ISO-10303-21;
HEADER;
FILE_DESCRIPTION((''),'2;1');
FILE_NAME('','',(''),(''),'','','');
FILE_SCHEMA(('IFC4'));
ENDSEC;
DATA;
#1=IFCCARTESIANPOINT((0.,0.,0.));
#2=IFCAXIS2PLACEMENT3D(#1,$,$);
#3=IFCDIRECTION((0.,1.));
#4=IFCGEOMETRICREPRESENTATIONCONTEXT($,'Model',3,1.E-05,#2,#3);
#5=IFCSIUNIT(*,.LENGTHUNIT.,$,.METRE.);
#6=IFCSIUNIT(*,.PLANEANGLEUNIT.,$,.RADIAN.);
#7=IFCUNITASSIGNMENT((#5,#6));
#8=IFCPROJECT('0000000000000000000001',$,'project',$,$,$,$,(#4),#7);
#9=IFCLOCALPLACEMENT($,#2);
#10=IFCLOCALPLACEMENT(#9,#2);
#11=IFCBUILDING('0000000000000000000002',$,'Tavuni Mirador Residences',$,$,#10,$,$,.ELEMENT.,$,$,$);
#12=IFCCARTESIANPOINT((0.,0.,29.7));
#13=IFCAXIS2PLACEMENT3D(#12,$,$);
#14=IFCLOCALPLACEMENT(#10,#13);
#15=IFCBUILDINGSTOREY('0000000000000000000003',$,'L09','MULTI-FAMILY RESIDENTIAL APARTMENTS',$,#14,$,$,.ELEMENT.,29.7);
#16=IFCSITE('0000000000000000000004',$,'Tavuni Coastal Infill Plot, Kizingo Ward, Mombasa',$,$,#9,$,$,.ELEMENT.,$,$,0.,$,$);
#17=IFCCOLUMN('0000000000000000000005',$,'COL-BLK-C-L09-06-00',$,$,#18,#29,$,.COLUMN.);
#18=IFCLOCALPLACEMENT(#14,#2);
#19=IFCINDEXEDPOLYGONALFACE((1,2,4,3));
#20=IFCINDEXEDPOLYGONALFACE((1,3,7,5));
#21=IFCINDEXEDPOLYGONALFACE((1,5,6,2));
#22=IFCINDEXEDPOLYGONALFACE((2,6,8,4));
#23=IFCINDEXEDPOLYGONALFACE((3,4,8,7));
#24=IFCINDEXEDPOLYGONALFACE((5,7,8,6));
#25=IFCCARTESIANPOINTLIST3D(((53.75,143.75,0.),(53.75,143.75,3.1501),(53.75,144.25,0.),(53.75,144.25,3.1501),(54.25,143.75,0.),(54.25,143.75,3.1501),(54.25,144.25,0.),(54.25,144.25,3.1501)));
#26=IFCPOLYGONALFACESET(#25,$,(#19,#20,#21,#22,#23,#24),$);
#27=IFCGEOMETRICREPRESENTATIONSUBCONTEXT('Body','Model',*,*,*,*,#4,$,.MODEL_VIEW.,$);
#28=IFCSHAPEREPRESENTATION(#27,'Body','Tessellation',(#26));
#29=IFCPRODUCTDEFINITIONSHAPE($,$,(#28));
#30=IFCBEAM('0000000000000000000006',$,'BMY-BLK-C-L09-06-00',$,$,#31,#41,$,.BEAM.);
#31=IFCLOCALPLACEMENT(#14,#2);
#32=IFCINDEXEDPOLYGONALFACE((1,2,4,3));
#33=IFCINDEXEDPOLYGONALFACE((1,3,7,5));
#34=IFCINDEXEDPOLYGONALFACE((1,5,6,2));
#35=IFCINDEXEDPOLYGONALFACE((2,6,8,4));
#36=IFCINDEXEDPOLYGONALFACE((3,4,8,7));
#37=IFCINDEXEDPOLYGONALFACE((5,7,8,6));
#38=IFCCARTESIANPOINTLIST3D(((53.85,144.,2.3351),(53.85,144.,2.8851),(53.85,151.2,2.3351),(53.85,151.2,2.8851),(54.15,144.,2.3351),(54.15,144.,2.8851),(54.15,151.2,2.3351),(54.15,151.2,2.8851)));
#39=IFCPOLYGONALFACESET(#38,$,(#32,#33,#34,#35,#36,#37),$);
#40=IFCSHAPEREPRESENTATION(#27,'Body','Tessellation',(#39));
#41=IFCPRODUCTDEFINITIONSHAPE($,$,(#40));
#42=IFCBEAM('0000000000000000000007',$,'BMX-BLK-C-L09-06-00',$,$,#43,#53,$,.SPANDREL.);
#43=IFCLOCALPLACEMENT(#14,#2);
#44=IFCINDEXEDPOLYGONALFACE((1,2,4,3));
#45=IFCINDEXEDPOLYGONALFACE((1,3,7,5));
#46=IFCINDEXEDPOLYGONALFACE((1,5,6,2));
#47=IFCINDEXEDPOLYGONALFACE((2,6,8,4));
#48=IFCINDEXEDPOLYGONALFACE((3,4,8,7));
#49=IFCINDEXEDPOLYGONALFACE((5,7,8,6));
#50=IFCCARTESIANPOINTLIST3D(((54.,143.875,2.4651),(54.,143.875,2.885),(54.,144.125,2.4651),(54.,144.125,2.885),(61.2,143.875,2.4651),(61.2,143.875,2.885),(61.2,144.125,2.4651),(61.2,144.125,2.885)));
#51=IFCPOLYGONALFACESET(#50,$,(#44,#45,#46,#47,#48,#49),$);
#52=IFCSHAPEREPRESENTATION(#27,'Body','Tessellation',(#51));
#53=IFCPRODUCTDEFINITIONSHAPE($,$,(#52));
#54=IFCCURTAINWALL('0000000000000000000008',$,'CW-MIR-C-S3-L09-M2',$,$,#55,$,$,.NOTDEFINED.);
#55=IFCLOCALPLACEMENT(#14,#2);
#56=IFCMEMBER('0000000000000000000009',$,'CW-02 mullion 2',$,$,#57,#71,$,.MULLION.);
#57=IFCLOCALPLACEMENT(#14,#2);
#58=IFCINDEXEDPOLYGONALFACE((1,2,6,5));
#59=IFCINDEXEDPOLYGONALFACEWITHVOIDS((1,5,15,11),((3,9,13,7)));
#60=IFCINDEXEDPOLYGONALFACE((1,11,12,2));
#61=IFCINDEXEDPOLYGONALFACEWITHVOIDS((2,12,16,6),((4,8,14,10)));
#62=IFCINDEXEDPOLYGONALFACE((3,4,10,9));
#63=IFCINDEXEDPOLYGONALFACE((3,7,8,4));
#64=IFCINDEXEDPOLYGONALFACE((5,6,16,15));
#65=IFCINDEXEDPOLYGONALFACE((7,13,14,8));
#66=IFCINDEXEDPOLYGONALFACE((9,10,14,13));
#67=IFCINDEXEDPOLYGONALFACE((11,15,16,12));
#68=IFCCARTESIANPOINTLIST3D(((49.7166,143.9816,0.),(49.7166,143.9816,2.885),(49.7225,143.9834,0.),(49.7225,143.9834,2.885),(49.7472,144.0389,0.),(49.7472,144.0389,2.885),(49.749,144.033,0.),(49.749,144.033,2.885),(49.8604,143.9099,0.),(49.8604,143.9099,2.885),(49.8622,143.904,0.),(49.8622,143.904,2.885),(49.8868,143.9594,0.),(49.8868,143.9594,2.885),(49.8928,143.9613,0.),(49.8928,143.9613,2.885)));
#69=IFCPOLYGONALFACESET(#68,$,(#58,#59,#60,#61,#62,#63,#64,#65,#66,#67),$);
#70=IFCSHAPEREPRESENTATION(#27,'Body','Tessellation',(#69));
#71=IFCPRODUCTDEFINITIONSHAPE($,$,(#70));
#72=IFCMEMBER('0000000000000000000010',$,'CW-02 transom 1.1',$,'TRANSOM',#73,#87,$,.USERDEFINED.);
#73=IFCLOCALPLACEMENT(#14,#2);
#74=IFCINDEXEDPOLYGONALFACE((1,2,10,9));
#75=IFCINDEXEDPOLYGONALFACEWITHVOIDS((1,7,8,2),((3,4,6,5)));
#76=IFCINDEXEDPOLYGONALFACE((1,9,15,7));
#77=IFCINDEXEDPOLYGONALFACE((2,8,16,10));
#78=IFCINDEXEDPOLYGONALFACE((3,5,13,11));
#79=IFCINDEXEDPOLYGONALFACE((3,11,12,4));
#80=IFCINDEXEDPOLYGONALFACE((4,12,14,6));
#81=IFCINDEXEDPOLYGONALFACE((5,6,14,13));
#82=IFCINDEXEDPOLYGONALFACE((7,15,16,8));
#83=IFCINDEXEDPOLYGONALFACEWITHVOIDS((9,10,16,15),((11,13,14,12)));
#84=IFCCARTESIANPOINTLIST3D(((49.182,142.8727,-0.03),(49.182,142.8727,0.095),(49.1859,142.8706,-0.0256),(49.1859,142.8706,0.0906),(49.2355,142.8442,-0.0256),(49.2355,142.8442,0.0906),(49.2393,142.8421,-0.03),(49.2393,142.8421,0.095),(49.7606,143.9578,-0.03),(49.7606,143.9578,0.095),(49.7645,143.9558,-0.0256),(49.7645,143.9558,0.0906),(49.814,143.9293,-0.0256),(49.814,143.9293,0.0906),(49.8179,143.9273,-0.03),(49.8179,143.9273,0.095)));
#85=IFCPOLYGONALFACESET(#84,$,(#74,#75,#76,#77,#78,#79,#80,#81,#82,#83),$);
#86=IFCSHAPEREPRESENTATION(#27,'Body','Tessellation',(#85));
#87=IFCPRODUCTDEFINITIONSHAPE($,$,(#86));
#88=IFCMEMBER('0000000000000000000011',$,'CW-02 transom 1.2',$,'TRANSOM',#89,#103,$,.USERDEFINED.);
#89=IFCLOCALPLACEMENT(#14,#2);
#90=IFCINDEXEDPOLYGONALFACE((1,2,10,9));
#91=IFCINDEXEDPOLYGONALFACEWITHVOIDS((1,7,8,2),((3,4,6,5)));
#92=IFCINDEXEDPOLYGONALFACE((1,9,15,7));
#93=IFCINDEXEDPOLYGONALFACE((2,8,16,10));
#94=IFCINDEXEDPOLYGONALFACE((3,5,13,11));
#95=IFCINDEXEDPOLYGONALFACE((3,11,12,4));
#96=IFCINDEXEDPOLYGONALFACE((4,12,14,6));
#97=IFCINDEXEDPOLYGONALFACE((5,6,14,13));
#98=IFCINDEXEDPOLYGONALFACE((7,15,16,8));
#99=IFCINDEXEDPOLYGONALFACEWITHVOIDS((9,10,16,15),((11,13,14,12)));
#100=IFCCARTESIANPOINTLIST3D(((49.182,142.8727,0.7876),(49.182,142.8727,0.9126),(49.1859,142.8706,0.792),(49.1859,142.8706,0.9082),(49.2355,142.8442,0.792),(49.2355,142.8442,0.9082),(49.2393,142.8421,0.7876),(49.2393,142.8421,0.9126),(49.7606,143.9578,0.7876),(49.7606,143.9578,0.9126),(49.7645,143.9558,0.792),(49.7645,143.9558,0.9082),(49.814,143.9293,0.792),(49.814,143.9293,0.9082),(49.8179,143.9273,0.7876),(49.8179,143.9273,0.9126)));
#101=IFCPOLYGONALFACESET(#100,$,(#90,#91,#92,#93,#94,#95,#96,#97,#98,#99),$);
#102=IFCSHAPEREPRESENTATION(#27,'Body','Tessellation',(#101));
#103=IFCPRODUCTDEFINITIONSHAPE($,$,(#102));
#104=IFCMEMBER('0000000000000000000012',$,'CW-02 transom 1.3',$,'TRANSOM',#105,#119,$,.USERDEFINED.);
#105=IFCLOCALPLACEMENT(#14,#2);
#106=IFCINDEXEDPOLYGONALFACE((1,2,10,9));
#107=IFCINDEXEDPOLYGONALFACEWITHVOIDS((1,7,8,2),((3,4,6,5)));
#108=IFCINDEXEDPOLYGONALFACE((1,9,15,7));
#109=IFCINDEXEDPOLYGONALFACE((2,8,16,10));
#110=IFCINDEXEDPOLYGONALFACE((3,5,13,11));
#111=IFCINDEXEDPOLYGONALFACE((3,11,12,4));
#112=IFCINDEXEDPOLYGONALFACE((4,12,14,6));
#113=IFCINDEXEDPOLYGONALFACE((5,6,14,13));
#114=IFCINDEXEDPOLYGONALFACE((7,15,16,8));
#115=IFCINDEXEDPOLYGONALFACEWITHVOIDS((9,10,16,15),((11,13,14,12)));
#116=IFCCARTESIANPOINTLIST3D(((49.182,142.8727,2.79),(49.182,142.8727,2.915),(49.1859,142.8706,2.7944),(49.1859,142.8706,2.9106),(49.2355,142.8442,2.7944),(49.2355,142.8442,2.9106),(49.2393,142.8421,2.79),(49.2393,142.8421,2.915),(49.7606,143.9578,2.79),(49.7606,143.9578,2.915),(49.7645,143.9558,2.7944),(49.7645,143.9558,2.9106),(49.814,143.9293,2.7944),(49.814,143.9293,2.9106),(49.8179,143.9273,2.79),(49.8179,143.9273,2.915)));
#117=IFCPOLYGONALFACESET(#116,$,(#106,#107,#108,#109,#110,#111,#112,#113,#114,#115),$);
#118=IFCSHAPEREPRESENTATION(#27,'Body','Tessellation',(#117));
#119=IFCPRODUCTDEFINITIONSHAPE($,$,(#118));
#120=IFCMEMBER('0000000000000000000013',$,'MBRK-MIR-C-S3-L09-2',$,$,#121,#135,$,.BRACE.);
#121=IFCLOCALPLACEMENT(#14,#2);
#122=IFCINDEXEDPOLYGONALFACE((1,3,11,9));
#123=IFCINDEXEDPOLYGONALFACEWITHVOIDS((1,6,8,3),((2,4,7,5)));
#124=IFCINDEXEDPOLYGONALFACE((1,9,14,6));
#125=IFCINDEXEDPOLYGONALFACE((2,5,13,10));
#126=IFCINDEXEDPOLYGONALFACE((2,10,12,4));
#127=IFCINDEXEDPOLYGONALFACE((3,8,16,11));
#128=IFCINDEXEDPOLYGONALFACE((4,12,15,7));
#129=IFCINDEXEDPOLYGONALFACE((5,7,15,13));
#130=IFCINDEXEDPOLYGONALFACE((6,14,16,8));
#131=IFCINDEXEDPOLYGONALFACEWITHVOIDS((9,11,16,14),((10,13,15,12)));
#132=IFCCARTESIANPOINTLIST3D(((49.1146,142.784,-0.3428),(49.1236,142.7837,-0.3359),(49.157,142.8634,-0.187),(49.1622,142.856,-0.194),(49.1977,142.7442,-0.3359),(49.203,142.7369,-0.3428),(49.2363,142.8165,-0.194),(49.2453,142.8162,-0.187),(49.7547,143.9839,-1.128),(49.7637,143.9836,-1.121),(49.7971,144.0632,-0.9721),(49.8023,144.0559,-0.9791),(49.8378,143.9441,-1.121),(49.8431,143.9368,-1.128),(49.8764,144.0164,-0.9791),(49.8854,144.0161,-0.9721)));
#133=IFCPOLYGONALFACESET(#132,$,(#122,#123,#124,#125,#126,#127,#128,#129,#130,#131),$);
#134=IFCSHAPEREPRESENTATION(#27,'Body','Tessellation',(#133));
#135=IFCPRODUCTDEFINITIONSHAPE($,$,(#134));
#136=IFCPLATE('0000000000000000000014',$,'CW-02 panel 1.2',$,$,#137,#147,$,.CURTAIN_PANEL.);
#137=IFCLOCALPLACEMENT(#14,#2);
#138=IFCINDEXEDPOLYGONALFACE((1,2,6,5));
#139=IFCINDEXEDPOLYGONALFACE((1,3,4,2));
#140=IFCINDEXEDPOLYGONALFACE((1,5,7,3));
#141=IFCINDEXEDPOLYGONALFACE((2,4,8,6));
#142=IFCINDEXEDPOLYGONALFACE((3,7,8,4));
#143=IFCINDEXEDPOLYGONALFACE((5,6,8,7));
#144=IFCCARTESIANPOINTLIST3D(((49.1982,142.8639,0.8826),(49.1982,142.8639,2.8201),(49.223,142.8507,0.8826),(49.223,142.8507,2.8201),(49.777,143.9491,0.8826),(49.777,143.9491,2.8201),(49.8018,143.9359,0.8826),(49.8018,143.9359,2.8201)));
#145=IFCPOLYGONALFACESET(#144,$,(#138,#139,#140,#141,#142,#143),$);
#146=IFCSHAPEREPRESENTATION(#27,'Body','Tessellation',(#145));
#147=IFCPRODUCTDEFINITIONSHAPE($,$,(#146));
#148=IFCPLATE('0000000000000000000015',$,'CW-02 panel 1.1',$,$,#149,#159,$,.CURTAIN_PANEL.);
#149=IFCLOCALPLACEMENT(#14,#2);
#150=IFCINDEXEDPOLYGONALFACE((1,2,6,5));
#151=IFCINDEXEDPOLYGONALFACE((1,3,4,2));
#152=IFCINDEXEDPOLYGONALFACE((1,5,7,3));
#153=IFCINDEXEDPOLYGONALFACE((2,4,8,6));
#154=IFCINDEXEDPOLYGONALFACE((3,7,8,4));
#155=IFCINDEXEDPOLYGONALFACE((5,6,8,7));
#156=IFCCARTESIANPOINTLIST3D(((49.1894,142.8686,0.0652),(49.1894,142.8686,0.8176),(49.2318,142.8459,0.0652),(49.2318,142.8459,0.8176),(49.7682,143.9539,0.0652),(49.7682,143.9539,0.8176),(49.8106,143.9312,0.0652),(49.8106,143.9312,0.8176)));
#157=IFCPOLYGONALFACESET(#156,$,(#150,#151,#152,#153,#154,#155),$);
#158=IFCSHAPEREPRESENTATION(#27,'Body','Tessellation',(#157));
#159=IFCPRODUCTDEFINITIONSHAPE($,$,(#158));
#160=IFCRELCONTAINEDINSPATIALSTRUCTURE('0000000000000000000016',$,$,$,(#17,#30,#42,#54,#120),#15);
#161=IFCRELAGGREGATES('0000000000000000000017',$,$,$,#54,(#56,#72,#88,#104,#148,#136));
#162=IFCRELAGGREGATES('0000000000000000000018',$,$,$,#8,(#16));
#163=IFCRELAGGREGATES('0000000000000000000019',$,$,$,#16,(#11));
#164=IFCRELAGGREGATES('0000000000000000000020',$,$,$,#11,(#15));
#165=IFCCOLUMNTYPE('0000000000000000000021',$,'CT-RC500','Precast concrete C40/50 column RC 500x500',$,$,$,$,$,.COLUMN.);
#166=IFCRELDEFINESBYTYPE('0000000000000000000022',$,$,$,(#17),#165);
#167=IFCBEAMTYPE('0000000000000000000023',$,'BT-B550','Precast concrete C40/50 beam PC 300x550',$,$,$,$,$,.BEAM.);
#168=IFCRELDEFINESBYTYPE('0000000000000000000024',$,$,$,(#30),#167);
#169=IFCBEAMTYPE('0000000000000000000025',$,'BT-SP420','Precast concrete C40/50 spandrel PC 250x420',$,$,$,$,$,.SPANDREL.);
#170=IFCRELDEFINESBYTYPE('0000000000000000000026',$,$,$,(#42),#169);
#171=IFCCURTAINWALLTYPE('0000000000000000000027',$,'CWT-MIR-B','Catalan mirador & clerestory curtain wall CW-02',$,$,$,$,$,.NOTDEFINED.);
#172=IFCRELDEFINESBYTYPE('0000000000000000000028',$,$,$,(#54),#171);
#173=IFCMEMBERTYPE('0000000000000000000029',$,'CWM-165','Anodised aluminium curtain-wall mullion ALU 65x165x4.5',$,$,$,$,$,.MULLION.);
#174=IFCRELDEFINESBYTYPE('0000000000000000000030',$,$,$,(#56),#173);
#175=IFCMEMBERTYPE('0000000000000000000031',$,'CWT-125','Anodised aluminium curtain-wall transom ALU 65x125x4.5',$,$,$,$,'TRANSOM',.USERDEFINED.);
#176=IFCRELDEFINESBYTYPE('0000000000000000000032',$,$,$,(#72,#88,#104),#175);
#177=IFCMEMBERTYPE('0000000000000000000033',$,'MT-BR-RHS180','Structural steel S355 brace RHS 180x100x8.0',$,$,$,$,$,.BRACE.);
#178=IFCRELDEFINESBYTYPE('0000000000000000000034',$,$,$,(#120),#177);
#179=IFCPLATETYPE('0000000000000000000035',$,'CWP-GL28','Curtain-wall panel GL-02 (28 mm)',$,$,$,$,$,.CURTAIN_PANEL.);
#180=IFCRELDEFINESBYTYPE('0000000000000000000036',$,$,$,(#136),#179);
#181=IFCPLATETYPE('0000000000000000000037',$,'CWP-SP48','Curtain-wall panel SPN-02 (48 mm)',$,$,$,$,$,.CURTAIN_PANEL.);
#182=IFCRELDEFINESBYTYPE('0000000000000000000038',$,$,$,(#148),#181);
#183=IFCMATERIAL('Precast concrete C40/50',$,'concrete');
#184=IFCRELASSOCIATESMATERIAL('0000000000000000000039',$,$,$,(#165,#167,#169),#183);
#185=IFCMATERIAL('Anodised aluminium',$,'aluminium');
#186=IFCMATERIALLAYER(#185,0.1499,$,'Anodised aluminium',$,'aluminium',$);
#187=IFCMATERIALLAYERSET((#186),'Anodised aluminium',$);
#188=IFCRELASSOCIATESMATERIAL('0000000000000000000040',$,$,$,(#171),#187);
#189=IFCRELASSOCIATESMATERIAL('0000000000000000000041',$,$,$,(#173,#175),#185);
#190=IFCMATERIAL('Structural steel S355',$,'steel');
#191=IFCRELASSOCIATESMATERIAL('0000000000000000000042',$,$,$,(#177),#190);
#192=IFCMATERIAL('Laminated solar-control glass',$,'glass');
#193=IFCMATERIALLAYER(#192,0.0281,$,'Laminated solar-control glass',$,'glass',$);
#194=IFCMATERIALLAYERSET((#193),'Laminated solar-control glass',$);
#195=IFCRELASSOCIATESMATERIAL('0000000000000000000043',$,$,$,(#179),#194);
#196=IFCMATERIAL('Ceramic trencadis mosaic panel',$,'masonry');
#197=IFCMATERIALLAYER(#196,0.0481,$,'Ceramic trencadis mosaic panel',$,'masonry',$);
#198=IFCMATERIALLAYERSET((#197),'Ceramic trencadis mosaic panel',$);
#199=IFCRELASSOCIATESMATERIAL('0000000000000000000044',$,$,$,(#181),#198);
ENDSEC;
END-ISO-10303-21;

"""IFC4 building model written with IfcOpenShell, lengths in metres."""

from ifc_helpers import new_model, si_unit, direction, frame, origin, origin_2d, place, context, subcontext, project, spatial, rectangle, hollow_rectangle, extrude, material, layer, layer_set, material_profile, profile_set, type_object, element, aggregate, save


model = new_model("IFC4")

# Units and contexts
model_context = context("Model", 3, precision=1e-05, world=origin(), true_north=direction((0.0, 1.0)))
body_context = subcontext(model_context, "Body", "Model", "MODEL_VIEW")
ifc_project = project(units=[si_unit("LENGTHUNIT", "METRE"), si_unit("PLANEANGLEUNIT", "RADIAN")], contexts=[model_context])

# Site, building, storey
site_placement = place(None, origin())
site = spatial("IfcSite", under=ifc_project, at=site_placement, Name="Tavuni Coastal Infill Plot, Kizingo Ward, Mombasa", CompositionType="ELEMENT", RefElevation=0.0)
building_placement = place(site_placement, origin())
building = spatial("IfcBuilding", under=site, at=building_placement, Name="Tavuni Mirador Residences", CompositionType="ELEMENT")
storey_placement = place(building_placement, frame((0.0, 0.0, 29.7)))
storey = spatial("IfcBuildingStorey", under=building, at=storey_placement, Name="L09", Description="MULTI-FAMILY RESIDENTIAL APARTMENTS", CompositionType="ELEMENT", Elevation=29.7)

# Column
ifc_material_1 = material(Name="Precast concrete C40/50", Category="concrete")
ifc_material_profile_1 = material_profile(ifc_material_1, rectangle(XDim=0.5, YDim=0.5, at=origin_2d()), Name="RC 500x500", Category="concrete")
ifc_profile_set_1 = profile_set([ifc_material_profile_1], Name="Precast concrete C40/50")
column_type = type_object("IfcColumnType", Name="CT-RC500", Description="Precast concrete C40/50 column RC 500x500", PredefinedType="COLUMN", material=ifc_profile_set_1)
column_placement = place(storey_placement, frame((54.0, 144.0, 0.0), z_axis=(0.0, 0.0, 1.0), x_axis=(1.0, 0.0, 0.0)))
element("IfcColumn", 1, at=column_placement, inside=storey, type_object=column_type, Name="COL-BLK-C-L09-06-00", PredefinedType="COLUMN", context=body_context, shape_type="SweptSolid", body=[
    extrude(rectangle(XDim=0.5, YDim=0.5, at=origin_2d()), origin(), (0.0, 0.0, 1.0), 3.1501),
])

# Beams
ifc_material_profile_2 = material_profile(ifc_material_1, rectangle(XDim=0.3, YDim=0.55, at=origin_2d()), Name="PC 300x550", Category="concrete")
ifc_profile_set_2 = profile_set([ifc_material_profile_2], Name="Precast concrete C40/50")
beam_type_1 = type_object("IfcBeamType", Name="BT-B550", Description="Precast concrete C40/50 beam PC 300x550", PredefinedType="BEAM", material=ifc_profile_set_2)
beam_1_placement = place(storey_placement, frame((54.0, 144.0, 2.6101), z_axis=(0.0, 1.0, 0.0), x_axis=(-1.0, 0.0, 0.0)))
element("IfcBeam", 2, at=beam_1_placement, inside=storey, type_object=beam_type_1, Name="BMY-BLK-C-L09-06-00", PredefinedType="BEAM", context=body_context, shape_type="SweptSolid", body=[
    extrude(rectangle(XDim=0.3, YDim=0.55, at=origin_2d()), origin(), (0.0, 0.0, 1.0), 7.2),
])
ifc_material_profile_3 = material_profile(ifc_material_1, rectangle(XDim=0.25, YDim=0.4199, at=origin_2d()), Name="PC 250x420", Category="concrete")
ifc_profile_set_3 = profile_set([ifc_material_profile_3], Name="Precast concrete C40/50")
beam_type_2 = type_object("IfcBeamType", Name="BT-SP420", Description="Precast concrete C40/50 spandrel PC 250x420", PredefinedType="SPANDREL", material=ifc_profile_set_3)
beam_2_placement = place(storey_placement, frame((54.0, 144.0, 2.675), z_axis=(1.0, 0.0, 0.0), x_axis=(0.0, 1.0, 0.0)))
element("IfcBeam", 3, at=beam_2_placement, inside=storey, type_object=beam_type_2, Name="BMX-BLK-C-L09-06-00", PredefinedType="SPANDREL", context=body_context, shape_type="SweptSolid", body=[
    extrude(rectangle(XDim=0.25, YDim=0.4199, at=origin_2d()), origin(), (0.0, 0.0, 1.0), 7.2),
])

# Curtain wall, members
ifc_material_2 = material(Name="Anodised aluminium", Category="aluminium")
ifc_layer_1 = layer(ifc_material_2, 0.1499, Name="Anodised aluminium", Category="aluminium")
ifc_layer_set_1 = layer_set([ifc_layer_1], Name="Anodised aluminium")
curtain_wall_type = type_object("IfcCurtainWallType", Name="CWT-MIR-B", Description="Catalan mirador & clerestory curtain wall CW-02", PredefinedType="NOTDEFINED", material=ifc_layer_set_1)
curtain_wall_placement = place(storey_placement, origin())
curtain_wall = element("IfcCurtainWall", 4, at=curtain_wall_placement, inside=storey, type_object=curtain_wall_type, Name="CW-MIR-C-S3-L09-M2", PredefinedType="NOTDEFINED")
ifc_material_profile_4 = material_profile(ifc_material_2, hollow_rectangle(XDim=0.0649, YDim=0.165, WallThickness=0.0044, at=origin_2d()), Name="ALU 65x165x4.5", Category="aluminium")
ifc_profile_set_4 = profile_set([ifc_material_profile_4], Name="Anodised aluminium")
member_type_1 = type_object("IfcMemberType", Name="CWM-165", Description="Anodised aluminium curtain-wall mullion ALU 65x165x4.5", PredefinedType="MULLION", material=ifc_profile_set_4)
member_1_placement = place(storey_placement, frame((49.8047, 143.9714, 0.0), z_axis=(0.0, 0.0, 1.0), x_axis=(0.470588, 0.882353, 0.0)))
member_1 = element("IfcMember", 5, at=member_1_placement, type_object=member_type_1, Name="CW-02 mullion 2", PredefinedType="MULLION", context=body_context, shape_type="SweptSolid", body=[
    extrude(hollow_rectangle(XDim=0.0649, YDim=0.165, WallThickness=0.0044, at=origin_2d()), origin(), (0.0, 0.0, 1.0), 2.885),
])
ifc_material_profile_5 = material_profile(ifc_material_2, hollow_rectangle(XDim=0.0649, YDim=0.125, WallThickness=0.0044, at=origin_2d()), Name="ALU 65x125x4.5", Category="aluminium")
ifc_profile_set_5 = profile_set([ifc_material_profile_5], Name="Anodised aluminium")
member_type_2 = type_object("IfcMemberType", Name="CWT-125", Description="Anodised aluminium curtain-wall transom ALU 65x125x4.5", ElementType="TRANSOM", PredefinedType="USERDEFINED", material=ifc_profile_set_5)
member_2_placement = place(storey_placement, frame((49.2107, 142.8574, 0.0325), z_axis=(0.470485, 0.882408, 0.0), x_axis=(-0.882408, 0.470485, 0.0)))
member_2 = element("IfcMember", 6, at=member_2_placement, type_object=member_type_2, Name="CW-02 transom 1.1", ObjectType="TRANSOM", PredefinedType="USERDEFINED", context=body_context, shape_type="SweptSolid", body=[
    extrude(hollow_rectangle(XDim=0.0649, YDim=0.125, WallThickness=0.0044, at=origin_2d()), origin(), (0.0, 0.0, 1.0), 1.2297),
])
member_3_placement = place(storey_placement, frame((49.2107, 142.8574, 0.8501), z_axis=(0.470485, 0.882408, 0.0), x_axis=(-0.882408, 0.470485, 0.0)))
member_3 = element("IfcMember", 7, at=member_3_placement, type_object=member_type_2, Name="CW-02 transom 1.2", ObjectType="TRANSOM", PredefinedType="USERDEFINED", context=body_context, shape_type="SweptSolid", body=[
    extrude(hollow_rectangle(XDim=0.0649, YDim=0.125, WallThickness=0.0044, at=origin_2d()), origin(), (0.0, 0.0, 1.0), 1.2297),
])
member_4_placement = place(storey_placement, frame((49.2107, 142.8574, 2.8525), z_axis=(0.470485, 0.882408, 0.0), x_axis=(-0.882408, 0.470485, 0.0)))
member_4 = element("IfcMember", 8, at=member_4_placement, type_object=member_type_2, Name="CW-02 transom 1.3", ObjectType="TRANSOM", PredefinedType="USERDEFINED", context=body_context, shape_type="SweptSolid", body=[
    extrude(hollow_rectangle(XDim=0.0649, YDim=0.125, WallThickness=0.0044, at=origin_2d()), origin(), (0.0, 0.0, 1.0), 1.2297),
])

# Member
ifc_material_3 = material(Name="Structural steel S355", Category="steel")
ifc_material_profile_6 = material_profile(ifc_material_3, hollow_rectangle(XDim=0.1001, YDim=0.1799, WallThickness=0.0081, at=origin_2d()), Name="RHS 180x100x8.0", Category="steel")
ifc_profile_set_6 = profile_set([ifc_material_profile_6], Name="Structural steel S355")
member_type_3 = type_object("IfcMemberType", Name="MT-BR-RHS180", Description="Structural steel S355 brace RHS 180x100x8.0", PredefinedType="BRACE", material=ifc_profile_set_6)
member_5_placement = place(storey_placement, frame((49.8201, 144.0, -1.05), z_axis=(-0.407629, -0.76411, 0.499975), x_axis=(0.882303, -0.470681, 0.0)))
element("IfcMember", 9, at=member_5_placement, inside=storey, type_object=member_type_3, Name="MBRK-MIR-C-S3-L09-2", PredefinedType="BRACE", context=body_context, shape_type="SweptSolid", body=[
    extrude(hollow_rectangle(XDim=0.1001, YDim=0.1799, WallThickness=0.0081, at=origin_2d()), origin(), (0.0, 0.0, 1.0), 1.5703),
])

# Plates
ifc_material_4 = material(Name="Laminated solar-control glass", Category="glass")
ifc_layer_2 = layer(ifc_material_4, 0.0281, Name="Laminated solar-control glass", Category="glass")
ifc_layer_set_2 = layer_set([ifc_layer_2], Name="Laminated solar-control glass")
plate_type_1 = type_object("IfcPlateType", Name="CWP-GL28", Description="Curtain-wall panel GL-02 (28 mm)", PredefinedType="CURTAIN_PANEL", material=ifc_layer_set_2)
plate_1_placement = place(storey_placement, frame((49.5, 143.3999, 0.8826), z_axis=(0.0, 0.0, 1.0), x_axis=(0.470588, 0.882353, 0.0)))
plate_1 = element("IfcPlate", 10, at=plate_1_placement, type_object=plate_type_1, Name="CW-02 panel 1.2", PredefinedType="CURTAIN_PANEL", context=body_context, shape_type="SweptSolid", body=[
    extrude(rectangle(XDim=1.23, YDim=0.0281, at=origin_2d()), origin(), (0.0, 0.0, 1.0), 1.9375),
])
ifc_material_5 = material(Name="Ceramic trencadis mosaic panel", Category="masonry")
ifc_layer_3 = layer(ifc_material_5, 0.0481, Name="Ceramic trencadis mosaic panel", Category="masonry")
ifc_layer_set_3 = layer_set([ifc_layer_3], Name="Ceramic trencadis mosaic panel")
plate_type_2 = type_object("IfcPlateType", Name="CWP-SP48", Description="Curtain-wall panel SPN-02 (48 mm)", PredefinedType="CURTAIN_PANEL", material=ifc_layer_set_3)
plate_2_placement = place(storey_placement, frame((49.5, 143.3999, 0.0652), z_axis=(0.0, 0.0, 1.0), x_axis=(0.470588, 0.882353, 0.0)))
plate_2 = element("IfcPlate", 11, at=plate_2_placement, type_object=plate_type_2, Name="CW-02 panel 1.1", PredefinedType="CURTAIN_PANEL", context=body_context, shape_type="SweptSolid", body=[
    extrude(rectangle(XDim=1.23, YDim=0.0481, at=origin_2d()), origin(), (0.0, 0.0, 1.0), 0.7524),
])
aggregate(curtain_wall, [member_1, member_2, member_3, member_4, plate_2, plate_1])

save(model, "model.ifc")
